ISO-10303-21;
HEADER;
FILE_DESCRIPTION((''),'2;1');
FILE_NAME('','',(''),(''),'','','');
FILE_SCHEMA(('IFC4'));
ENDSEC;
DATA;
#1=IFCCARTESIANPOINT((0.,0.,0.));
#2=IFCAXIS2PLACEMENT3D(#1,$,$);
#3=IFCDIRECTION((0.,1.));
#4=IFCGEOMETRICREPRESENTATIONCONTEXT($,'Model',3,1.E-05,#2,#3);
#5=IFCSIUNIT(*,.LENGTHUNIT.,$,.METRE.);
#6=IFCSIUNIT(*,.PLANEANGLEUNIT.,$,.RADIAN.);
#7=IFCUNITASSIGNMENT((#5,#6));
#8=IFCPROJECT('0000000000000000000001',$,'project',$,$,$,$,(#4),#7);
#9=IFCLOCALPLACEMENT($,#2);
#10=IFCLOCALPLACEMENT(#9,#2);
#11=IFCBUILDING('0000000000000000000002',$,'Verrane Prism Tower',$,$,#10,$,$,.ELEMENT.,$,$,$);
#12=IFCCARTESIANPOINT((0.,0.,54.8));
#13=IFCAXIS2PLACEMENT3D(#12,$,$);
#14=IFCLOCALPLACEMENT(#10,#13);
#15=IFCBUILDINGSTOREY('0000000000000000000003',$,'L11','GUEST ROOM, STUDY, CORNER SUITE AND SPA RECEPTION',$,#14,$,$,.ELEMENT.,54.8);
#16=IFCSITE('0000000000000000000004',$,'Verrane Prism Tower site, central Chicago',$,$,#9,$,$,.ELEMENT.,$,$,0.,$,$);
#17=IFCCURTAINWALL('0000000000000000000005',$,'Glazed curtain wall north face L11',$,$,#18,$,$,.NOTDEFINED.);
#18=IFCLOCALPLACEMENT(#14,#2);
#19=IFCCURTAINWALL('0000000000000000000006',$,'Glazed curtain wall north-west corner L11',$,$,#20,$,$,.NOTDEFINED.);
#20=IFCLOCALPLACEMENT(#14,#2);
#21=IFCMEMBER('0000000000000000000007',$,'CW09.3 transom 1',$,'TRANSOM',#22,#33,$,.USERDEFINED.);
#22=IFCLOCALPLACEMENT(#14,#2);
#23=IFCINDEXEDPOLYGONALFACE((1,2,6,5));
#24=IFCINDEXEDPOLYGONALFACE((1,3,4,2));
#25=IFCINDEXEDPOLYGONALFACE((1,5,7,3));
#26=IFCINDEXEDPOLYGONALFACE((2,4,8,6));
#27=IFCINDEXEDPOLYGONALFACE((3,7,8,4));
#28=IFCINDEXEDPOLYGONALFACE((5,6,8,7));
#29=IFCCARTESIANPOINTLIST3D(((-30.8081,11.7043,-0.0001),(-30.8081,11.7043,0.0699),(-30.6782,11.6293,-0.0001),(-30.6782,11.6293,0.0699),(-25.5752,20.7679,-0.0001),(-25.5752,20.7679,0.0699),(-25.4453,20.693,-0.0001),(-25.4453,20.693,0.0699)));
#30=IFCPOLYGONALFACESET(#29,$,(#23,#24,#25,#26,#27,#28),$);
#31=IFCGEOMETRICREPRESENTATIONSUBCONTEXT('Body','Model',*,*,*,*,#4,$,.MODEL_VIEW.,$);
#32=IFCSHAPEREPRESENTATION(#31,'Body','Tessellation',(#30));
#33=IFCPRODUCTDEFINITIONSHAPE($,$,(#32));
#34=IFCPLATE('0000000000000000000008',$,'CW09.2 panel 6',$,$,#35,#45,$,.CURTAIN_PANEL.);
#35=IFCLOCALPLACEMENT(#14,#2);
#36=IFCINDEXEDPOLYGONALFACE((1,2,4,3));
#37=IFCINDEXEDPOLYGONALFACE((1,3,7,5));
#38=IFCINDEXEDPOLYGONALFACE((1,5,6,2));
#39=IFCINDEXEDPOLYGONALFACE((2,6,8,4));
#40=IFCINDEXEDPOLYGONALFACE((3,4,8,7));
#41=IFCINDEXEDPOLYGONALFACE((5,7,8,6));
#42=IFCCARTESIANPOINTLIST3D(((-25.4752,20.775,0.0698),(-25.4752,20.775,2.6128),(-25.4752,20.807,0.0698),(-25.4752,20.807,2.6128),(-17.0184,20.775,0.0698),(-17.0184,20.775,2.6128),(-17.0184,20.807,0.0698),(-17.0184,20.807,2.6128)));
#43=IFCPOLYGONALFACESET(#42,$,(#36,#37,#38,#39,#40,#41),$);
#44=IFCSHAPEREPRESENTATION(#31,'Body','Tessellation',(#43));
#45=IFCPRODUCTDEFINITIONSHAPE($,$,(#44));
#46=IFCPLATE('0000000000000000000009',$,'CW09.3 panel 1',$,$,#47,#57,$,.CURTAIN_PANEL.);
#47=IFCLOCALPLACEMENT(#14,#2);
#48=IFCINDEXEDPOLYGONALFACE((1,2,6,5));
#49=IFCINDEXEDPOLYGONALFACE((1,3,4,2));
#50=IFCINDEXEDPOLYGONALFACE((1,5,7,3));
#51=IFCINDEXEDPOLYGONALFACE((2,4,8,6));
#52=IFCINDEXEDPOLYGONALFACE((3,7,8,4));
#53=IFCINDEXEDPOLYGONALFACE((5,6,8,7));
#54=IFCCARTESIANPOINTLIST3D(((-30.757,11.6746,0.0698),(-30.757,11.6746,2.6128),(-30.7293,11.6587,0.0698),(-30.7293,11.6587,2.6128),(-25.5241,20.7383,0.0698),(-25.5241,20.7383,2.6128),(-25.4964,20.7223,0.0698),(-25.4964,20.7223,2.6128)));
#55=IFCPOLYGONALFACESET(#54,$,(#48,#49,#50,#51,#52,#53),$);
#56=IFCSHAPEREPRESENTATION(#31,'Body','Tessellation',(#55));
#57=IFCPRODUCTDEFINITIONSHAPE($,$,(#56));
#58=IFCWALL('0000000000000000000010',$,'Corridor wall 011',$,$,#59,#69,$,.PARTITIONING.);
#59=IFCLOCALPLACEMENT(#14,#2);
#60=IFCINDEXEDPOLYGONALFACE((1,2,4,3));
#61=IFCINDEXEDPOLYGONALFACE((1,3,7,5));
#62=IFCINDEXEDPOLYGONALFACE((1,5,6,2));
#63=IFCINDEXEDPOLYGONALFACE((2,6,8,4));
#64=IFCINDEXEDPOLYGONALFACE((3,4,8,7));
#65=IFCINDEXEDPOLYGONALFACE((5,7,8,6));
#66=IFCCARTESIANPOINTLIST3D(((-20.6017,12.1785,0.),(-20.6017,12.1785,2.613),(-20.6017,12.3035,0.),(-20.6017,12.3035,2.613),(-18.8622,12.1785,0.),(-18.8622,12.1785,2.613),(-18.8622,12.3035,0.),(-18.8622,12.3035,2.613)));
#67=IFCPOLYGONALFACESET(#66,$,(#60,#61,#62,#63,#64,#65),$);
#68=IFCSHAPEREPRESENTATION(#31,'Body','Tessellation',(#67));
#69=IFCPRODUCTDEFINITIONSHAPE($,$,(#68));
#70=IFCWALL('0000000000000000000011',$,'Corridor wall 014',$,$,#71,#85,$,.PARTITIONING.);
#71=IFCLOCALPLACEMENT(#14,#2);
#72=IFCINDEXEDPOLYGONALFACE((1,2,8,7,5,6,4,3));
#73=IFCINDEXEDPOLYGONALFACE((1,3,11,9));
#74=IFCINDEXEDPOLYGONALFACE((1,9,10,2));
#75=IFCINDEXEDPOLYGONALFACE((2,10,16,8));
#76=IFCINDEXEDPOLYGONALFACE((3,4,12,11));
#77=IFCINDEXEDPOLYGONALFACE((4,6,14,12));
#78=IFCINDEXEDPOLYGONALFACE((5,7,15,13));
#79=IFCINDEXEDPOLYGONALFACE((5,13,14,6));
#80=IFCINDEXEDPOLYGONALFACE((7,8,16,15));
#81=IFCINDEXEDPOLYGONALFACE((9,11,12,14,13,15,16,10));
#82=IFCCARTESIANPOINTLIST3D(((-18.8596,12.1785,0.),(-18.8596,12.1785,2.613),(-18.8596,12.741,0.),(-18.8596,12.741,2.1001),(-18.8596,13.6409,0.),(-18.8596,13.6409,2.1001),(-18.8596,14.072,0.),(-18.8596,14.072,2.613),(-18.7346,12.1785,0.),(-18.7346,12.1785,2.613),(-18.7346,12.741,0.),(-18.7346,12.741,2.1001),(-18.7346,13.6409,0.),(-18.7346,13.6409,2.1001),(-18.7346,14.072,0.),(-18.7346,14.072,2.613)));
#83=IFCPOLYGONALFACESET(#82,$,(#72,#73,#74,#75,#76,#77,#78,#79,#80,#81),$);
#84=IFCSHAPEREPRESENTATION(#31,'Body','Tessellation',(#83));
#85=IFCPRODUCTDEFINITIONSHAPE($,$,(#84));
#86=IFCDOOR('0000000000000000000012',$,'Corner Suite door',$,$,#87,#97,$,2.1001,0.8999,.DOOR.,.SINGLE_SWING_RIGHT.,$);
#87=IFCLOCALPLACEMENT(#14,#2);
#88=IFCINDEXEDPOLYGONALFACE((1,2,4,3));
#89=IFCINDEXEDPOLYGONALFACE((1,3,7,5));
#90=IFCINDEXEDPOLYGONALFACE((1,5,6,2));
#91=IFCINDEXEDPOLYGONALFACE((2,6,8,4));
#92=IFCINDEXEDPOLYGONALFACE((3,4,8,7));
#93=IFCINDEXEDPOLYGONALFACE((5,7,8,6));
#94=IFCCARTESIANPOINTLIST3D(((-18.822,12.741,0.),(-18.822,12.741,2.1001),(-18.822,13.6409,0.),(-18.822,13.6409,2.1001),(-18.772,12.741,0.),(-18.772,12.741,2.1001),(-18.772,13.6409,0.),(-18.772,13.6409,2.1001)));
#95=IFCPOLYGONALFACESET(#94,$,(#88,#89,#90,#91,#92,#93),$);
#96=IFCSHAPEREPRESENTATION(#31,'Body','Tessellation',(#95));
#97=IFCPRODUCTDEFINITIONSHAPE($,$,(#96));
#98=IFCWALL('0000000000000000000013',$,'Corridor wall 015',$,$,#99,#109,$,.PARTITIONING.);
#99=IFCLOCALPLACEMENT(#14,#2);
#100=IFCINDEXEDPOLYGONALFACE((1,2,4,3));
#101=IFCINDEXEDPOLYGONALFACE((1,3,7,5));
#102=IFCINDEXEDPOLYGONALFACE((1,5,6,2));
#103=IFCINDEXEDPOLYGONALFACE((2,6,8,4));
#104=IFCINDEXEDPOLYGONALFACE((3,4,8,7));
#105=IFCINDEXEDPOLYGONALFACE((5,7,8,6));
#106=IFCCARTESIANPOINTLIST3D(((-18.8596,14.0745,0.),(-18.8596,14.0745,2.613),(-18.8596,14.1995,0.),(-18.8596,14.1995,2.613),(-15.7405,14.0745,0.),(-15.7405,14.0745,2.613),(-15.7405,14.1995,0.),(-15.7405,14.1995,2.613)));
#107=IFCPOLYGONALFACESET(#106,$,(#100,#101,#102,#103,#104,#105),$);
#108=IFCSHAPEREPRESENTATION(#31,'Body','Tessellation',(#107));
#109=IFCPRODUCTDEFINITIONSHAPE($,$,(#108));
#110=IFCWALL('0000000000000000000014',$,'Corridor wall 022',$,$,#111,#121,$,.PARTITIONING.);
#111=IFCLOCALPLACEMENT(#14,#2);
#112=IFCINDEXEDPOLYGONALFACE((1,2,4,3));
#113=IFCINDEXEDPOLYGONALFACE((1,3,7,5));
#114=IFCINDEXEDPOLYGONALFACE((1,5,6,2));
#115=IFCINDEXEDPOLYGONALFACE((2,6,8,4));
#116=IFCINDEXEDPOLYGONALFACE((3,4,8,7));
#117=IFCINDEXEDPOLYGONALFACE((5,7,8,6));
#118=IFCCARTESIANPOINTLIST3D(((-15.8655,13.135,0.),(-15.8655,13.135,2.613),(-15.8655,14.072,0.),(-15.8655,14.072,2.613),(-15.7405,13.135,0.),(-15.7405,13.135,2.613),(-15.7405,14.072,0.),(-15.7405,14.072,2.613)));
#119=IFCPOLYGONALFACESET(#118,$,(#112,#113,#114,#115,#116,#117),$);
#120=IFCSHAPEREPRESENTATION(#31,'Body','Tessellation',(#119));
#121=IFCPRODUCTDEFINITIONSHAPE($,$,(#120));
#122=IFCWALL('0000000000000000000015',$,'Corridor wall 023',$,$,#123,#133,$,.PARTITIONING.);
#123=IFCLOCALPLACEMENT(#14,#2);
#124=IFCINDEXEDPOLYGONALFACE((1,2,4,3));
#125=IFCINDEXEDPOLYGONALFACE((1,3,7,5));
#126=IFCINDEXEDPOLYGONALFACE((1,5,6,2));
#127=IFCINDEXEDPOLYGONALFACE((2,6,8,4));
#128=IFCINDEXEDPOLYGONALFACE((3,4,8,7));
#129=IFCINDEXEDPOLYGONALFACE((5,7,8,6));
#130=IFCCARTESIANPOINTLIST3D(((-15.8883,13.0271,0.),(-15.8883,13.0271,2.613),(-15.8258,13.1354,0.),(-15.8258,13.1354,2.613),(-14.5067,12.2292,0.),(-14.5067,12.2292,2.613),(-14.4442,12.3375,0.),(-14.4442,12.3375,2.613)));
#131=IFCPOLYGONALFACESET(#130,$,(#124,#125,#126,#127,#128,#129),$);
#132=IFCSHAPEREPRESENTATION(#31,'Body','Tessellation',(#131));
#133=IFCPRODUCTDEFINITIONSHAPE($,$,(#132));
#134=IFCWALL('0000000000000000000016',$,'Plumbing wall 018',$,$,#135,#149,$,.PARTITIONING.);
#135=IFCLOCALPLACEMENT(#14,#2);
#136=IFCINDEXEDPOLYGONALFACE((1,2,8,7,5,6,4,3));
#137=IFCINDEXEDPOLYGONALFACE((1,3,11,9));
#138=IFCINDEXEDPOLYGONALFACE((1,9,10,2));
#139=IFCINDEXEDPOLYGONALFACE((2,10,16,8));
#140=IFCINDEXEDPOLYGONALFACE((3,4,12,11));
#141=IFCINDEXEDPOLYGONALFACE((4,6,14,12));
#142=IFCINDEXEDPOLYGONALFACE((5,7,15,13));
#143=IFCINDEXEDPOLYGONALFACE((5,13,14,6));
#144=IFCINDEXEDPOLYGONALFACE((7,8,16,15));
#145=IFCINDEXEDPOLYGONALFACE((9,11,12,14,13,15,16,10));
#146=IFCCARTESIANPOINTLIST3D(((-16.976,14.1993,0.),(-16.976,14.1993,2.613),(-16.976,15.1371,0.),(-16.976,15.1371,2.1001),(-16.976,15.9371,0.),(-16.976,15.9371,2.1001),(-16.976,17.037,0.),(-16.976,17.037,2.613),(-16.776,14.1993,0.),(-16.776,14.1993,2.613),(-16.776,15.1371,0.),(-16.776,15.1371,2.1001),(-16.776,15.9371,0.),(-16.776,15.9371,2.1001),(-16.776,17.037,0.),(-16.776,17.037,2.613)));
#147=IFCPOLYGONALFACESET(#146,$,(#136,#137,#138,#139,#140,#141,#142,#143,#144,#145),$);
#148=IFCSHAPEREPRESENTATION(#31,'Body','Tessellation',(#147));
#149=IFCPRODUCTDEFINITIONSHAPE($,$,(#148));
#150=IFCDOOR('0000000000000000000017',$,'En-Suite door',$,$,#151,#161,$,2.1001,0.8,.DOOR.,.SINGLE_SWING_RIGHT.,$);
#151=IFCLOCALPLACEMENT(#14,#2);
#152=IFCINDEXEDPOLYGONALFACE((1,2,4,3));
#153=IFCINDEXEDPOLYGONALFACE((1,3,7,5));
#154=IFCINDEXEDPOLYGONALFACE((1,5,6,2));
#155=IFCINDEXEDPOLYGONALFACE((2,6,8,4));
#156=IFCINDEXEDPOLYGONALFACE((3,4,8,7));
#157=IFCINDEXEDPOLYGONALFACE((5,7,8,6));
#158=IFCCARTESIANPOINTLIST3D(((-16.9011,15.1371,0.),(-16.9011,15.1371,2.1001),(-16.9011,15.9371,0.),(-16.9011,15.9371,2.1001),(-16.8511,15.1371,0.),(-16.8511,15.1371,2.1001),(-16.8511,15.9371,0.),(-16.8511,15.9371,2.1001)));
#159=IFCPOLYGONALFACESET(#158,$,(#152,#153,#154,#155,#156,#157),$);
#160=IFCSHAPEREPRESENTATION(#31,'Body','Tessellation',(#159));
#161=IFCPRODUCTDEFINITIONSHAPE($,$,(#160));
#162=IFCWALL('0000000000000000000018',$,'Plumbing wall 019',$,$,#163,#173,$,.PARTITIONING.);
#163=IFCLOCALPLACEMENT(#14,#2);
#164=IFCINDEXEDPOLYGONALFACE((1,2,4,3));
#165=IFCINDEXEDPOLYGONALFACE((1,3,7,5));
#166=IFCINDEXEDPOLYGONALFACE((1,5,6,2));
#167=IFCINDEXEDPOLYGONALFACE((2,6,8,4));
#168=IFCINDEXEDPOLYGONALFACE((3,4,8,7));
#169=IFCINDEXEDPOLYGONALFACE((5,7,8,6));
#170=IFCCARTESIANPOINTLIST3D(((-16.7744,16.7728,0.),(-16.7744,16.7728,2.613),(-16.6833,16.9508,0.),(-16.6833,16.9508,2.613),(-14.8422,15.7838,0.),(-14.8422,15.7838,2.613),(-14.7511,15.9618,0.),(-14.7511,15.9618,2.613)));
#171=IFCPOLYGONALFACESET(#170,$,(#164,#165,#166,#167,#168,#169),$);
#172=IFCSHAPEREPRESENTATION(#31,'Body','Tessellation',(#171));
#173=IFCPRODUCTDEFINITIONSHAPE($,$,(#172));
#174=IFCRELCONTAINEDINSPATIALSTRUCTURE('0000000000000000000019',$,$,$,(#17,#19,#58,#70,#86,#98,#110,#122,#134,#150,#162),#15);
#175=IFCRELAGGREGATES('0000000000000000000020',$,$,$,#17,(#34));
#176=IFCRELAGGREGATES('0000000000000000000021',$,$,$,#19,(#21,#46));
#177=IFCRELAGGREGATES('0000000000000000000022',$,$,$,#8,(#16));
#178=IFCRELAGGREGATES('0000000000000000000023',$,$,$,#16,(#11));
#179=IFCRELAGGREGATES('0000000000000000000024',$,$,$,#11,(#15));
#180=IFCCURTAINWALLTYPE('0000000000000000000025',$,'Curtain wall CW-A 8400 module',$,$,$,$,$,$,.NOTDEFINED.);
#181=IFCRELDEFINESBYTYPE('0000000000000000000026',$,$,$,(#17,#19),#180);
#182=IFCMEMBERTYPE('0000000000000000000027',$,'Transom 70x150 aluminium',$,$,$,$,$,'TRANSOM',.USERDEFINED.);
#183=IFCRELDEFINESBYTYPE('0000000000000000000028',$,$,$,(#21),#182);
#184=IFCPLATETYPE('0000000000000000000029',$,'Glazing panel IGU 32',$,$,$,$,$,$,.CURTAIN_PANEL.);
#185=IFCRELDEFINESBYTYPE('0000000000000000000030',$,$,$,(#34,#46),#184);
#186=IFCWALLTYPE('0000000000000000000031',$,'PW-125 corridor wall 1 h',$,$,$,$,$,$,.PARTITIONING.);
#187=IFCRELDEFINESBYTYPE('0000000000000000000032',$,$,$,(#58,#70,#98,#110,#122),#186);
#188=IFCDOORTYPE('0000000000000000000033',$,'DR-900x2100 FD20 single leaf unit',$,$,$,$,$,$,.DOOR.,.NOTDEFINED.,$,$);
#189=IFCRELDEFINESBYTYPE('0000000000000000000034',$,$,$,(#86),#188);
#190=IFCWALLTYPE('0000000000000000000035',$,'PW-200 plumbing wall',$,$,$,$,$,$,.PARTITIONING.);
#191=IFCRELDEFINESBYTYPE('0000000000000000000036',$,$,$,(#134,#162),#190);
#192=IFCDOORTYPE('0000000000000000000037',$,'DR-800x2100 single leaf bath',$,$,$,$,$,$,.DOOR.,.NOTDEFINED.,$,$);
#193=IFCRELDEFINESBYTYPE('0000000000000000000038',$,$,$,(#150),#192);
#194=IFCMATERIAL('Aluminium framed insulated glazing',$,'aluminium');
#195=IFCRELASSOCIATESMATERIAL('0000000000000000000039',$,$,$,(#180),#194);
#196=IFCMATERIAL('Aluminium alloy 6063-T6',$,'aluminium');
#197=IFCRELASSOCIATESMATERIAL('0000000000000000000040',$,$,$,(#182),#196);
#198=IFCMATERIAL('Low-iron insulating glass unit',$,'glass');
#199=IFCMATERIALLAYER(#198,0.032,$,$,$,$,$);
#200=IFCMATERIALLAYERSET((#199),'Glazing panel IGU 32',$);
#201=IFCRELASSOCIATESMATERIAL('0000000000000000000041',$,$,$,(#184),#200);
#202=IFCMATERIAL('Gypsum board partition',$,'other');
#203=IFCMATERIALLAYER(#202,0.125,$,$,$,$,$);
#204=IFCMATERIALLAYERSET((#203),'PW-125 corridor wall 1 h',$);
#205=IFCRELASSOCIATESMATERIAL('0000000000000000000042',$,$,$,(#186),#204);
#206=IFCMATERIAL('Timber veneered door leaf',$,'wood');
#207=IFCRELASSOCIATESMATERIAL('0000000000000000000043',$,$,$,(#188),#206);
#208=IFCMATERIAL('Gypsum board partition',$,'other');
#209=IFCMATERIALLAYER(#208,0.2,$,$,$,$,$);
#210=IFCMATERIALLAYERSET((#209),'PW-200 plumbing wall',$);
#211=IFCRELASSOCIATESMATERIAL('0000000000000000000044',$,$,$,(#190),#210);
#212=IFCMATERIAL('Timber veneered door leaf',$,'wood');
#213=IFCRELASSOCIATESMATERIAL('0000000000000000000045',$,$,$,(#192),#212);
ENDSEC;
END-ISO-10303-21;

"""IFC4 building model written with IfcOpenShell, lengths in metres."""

from ifc_helpers import new_model, si_unit, direction, frame, frame_2d, origin, origin_2d, place, context, subcontext, project, spatial, rectangle, extrude, material, layer, layer_set, material_profile, profile_set, type_object, element, fill, aggregate, save


model = new_model("IFC4")

# Units and contexts
model_context = context("Model", 3, precision=1e-05, world=origin(), true_north=direction((0.0, 1.0)))
body_context = subcontext(model_context, "Body", "Model", "MODEL_VIEW")
ifc_project = project(units=[si_unit("LENGTHUNIT", "METRE"), si_unit("PLANEANGLEUNIT", "RADIAN")], contexts=[model_context])

# Site, building, storey
site_placement = place(None, origin())
site = spatial("IfcSite", under=ifc_project, at=site_placement, Name="Verrane Prism Tower site, central Chicago", CompositionType="ELEMENT", RefElevation=0.0)
building_placement = place(site_placement, origin())
building = spatial("IfcBuilding", under=site, at=building_placement, Name="Verrane Prism Tower", CompositionType="ELEMENT")
storey_placement = place(building_placement, frame((0.0, 0.0, 54.8)))
storey = spatial("IfcBuildingStorey", under=building, at=storey_placement, Name="L11", Description="GUEST ROOM, STUDY, CORNER SUITE AND SPA RECEPTION", CompositionType="ELEMENT", Elevation=54.8)

# Curtain walls
ifc_material_1 = material(Name="Aluminium framed insulated glazing", Category="aluminium")
curtain_wall_type = type_object("IfcCurtainWallType", Name="Curtain wall CW-A 8400 module", PredefinedType="NOTDEFINED", material=ifc_material_1)
curtain_wall_1_placement = place(storey_placement, origin())
curtain_wall_1 = element("IfcCurtainWall", 1, at=curtain_wall_1_placement, inside=storey, type_object=curtain_wall_type, Name="Glazed curtain wall north face L11", PredefinedType="NOTDEFINED")
curtain_wall_2_placement = place(storey_placement, origin())
curtain_wall_2 = element("IfcCurtainWall", 2, at=curtain_wall_2_placement, inside=storey, type_object=curtain_wall_type, Name="Glazed curtain wall north-west corner L11", PredefinedType="NOTDEFINED")

# Member
ifc_material_2 = material(Name="Aluminium alloy 6063-T6", Category="aluminium")
ifc_material_profile_1 = material_profile(ifc_material_2, rectangle(XDim=0.1499, YDim=0.0701, at=origin_2d()), Name="Transom 70x150 aluminium")
ifc_profile_set_1 = profile_set([ifc_material_profile_1], Name="Aluminium alloy 6063-T6")
member_type_1 = type_object("IfcMemberType", Name="Transom 70x150 aluminium", ElementType="TRANSOM", PredefinedType="USERDEFINED", material=ifc_profile_set_1)
member_1_placement = place(storey_placement, frame((-25.5103, 20.7305, 0.0349), z_axis=(-0.499998, -0.866027, 0.0), x_axis=(0.866027, -0.499998, 0.0)))
member_1 = element("IfcMember", 3, at=member_1_placement, type_object=member_type_1, Name="CW09.3 transom 1", ObjectType="TRANSOM", PredefinedType="USERDEFINED", context=body_context, shape_type="SweptSolid", body=[
    extrude(rectangle(XDim=0.1499, YDim=0.0701, at=origin_2d()), origin(), (0.0, 0.0, 1.0), 10.4658),
])

# Plates
ifc_material_3 = material(Name="Low-iron insulating glass unit", Category="glass")
ifc_layer_1 = layer(ifc_material_3, 0.032)
ifc_layer_set_1 = layer_set([ifc_layer_1], Name="Glazing panel IGU 32")
plate_type = type_object("IfcPlateType", Name="Glazing panel IGU 32", PredefinedType="CURTAIN_PANEL", material=ifc_layer_set_1)
plate_1_placement = place(storey_placement, frame((-21.2468, 20.791, 0.0698), z_axis=(0.0, 0.0, 1.0), x_axis=(-1.0, 0.0, 0.0)))
plate_1 = element("IfcPlate", 4, at=plate_1_placement, type_object=plate_type, Name="CW09.2 panel 6", PredefinedType="CURTAIN_PANEL", context=body_context, shape_type="SweptSolid", body=[
    extrude(rectangle(XDim=8.4568, YDim=0.032, at=origin_2d()), origin(), (0.0, 0.0, 1.0), 2.543),
])
aggregate(curtain_wall_1, [plate_1])
plate_2_placement = place(storey_placement, frame((-28.1267, 16.1985, 0.0698), z_axis=(0.0, 0.0, 1.0), x_axis=(-0.499999, -0.866026, 0.0)))
plate_2 = element("IfcPlate", 5, at=plate_2_placement, type_object=plate_type, Name="CW09.3 panel 1", PredefinedType="CURTAIN_PANEL", context=body_context, shape_type="SweptSolid", body=[
    extrude(rectangle(XDim=10.4658, YDim=0.032, at=origin_2d()), origin(), (0.0, 0.0, 1.0), 2.543),
])
aggregate(curtain_wall_2, [member_1, plate_2])

# Wall
ifc_material_4 = material(Name="Gypsum board partition", Category="other")
ifc_layer_2 = layer(ifc_material_4, 0.125)
ifc_layer_set_2 = layer_set([ifc_layer_2], Name="PW-125 corridor wall 1 h")
wall_type_1 = type_object("IfcWallType", Name="PW-125 corridor wall 1 h", PredefinedType="PARTITIONING", material=ifc_layer_set_2)
wall_1_placement = place(storey_placement, frame((-20.6016, 12.241, 0.0), z_axis=(0.0, 0.0, 1.0), x_axis=(1.0, 0.0, 0.0)))
element("IfcWall", 6, at=wall_1_placement, inside=storey, type_object=wall_type_1, Name="Corridor wall 011", PredefinedType="PARTITIONING", context=body_context, shape_type="SweptSolid", body=[
    extrude(rectangle(XDim=1.7395, YDim=0.125, at=frame_2d((0.8696, 0.0))), origin(), (0.0, 0.0, 1.0), 2.613),
])

# Wall, opening, door
wall_2_placement = place(storey_placement, frame((-18.7971, 12.1785, 0.0), z_axis=(0.0, 0.0, 1.0), x_axis=(0.0, 1.0, 0.0)))
wall_2 = element("IfcWall", 7, at=wall_2_placement, inside=storey, type_object=wall_type_1, Name="Corridor wall 014", PredefinedType="PARTITIONING", context=body_context, shape_type="SweptSolid", body=[
    extrude(rectangle(XDim=1.8936, YDim=0.125, at=frame_2d((0.9468, 0.0))), origin(), (0.0, 0.0, 1.0), 2.613),
])
opening_1_placement = place(wall_2_placement, frame((0.5625, 0.0, 0.0)))
opening_1 = element("IfcOpeningElement", 8, at=opening_1_placement, cuts=wall_2, PredefinedType="OPENING", context=body_context, shape_type="SweptSolid", body=[
    extrude(rectangle(XDim=0.8999, YDim=2.1001, at=frame_2d((0.45, 1.05))), frame((0.0, 0.0725, 0.0), z_axis=(0.0, -1.0, 0.0), x_axis=(1.0, 0.0, 0.0)), (0.0, 0.0, 1.0), 0.145),
])
ifc_material_5 = material(Name="Timber veneered door leaf", Category="wood")
door_type_1 = type_object("IfcDoorType", Name="DR-900x2100 FD20 single leaf unit", OperationType="NOTDEFINED", PredefinedType="DOOR", material=ifc_material_5)
door_1_placement = place(opening_1_placement, origin())
door_1 = element("IfcDoor", 9, at=door_1_placement, inside=storey, type_object=door_type_1, Name="Corner Suite door", OperationType="SINGLE_SWING_RIGHT", OverallHeight=2.1001, OverallWidth=0.8999, PredefinedType="DOOR", context=body_context, shape_type="SweptSolid", body=[
    extrude(rectangle(XDim=0.8999, YDim=2.1001, at=frame_2d((0.45, 1.05))), frame((0.0, 0.0249, 0.0), z_axis=(0.0, -1.0, 0.0), x_axis=(1.0, 0.0, 0.0)), (0.0, 0.0, 1.0), 0.05),
])
fill(opening_1, door_1)

# Walls
wall_3_placement = place(storey_placement, frame((-18.8596, 14.137, 0.0), z_axis=(0.0, 0.0, 1.0), x_axis=(1.0, 0.0, 0.0)))
element("IfcWall", 10, at=wall_3_placement, inside=storey, type_object=wall_type_1, Name="Corridor wall 015", PredefinedType="PARTITIONING", context=body_context, shape_type="SweptSolid", body=[
    extrude(rectangle(XDim=3.1191, YDim=0.125, at=frame_2d((1.5596, 0.0))), origin(), (0.0, 0.0, 1.0), 2.613),
])
wall_4_placement = place(storey_placement, frame((-15.803, 13.135, 0.0), z_axis=(0.0, 0.0, 1.0), x_axis=(0.0, 1.0, 0.0)))
element("IfcWall", 11, at=wall_4_placement, inside=storey, type_object=wall_type_1, Name="Corridor wall 022", PredefinedType="PARTITIONING", context=body_context, shape_type="SweptSolid", body=[
    extrude(rectangle(XDim=0.937, YDim=0.125, at=frame_2d((0.4685, 0.0))), origin(), (0.0, 0.0, 1.0), 2.613),
])
wall_5_placement = place(storey_placement, frame((-15.8572, 13.0813, 0.0), z_axis=(0.0, 0.0, 1.0), x_axis=(0.865974, -0.500089, 0.0)))
element("IfcWall", 12, at=wall_5_placement, inside=storey, type_object=wall_type_1, Name="Corridor wall 023", PredefinedType="PARTITIONING", context=body_context, shape_type="SweptSolid", body=[
    extrude(rectangle(XDim=1.5955, YDim=0.125, at=frame_2d((0.7979, 0.0))), origin(), (0.0, 0.0, 1.0), 2.613),
])

# Wall, opening, door
ifc_material_6 = material(Name="Gypsum board partition", Category="other")
ifc_layer_3 = layer(ifc_material_6, 0.2)
ifc_layer_set_3 = layer_set([ifc_layer_3], Name="PW-200 plumbing wall")
wall_type_2 = type_object("IfcWallType", Name="PW-200 plumbing wall", PredefinedType="PARTITIONING", material=ifc_layer_set_3)
wall_6_placement = place(storey_placement, frame((-16.876, 17.0371, 0.0), z_axis=(0.0, 0.0, 1.0), x_axis=(0.0, -1.0, 0.0)))
wall_6 = element("IfcWall", 13, at=wall_6_placement, inside=storey, type_object=wall_type_2, Name="Plumbing wall 018", PredefinedType="PARTITIONING", context=body_context, shape_type="SweptSolid", body=[
    extrude(rectangle(XDim=2.8376, YDim=0.2, at=frame_2d((1.4189, 0.0))), origin(), (0.0, 0.0, 1.0), 2.613),
])
opening_2_placement = place(wall_6_placement, frame((1.1001, 0.0, 0.0)))
opening_2 = element("IfcOpeningElement", 14, at=opening_2_placement, cuts=wall_6, PredefinedType="OPENING", context=body_context, shape_type="SweptSolid", body=[
    extrude(rectangle(XDim=0.8, YDim=2.1001, at=frame_2d((0.3999, 1.05))), frame((0.0, 0.1099, 0.0), z_axis=(0.0, -1.0, 0.0), x_axis=(1.0, 0.0, 0.0)), (0.0, 0.0, 1.0), 0.22),
])
ifc_material_7 = material(Name="Timber veneered door leaf", Category="wood")
door_type_2 = type_object("IfcDoorType", Name="DR-800x2100 single leaf bath", OperationType="NOTDEFINED", PredefinedType="DOOR", material=ifc_material_7)
door_2_placement = place(opening_2_placement, origin())
door_2 = element("IfcDoor", 15, at=door_2_placement, inside=storey, type_object=door_type_2, Name="En-Suite door", OperationType="SINGLE_SWING_RIGHT", OverallHeight=2.1001, OverallWidth=0.8, PredefinedType="DOOR", context=body_context, shape_type="SweptSolid", body=[
    extrude(rectangle(XDim=0.8, YDim=2.1001, at=frame_2d((0.3999, 1.05))), frame((0.0, 0.0249, 0.0), z_axis=(0.0, -1.0, 0.0), x_axis=(1.0, 0.0, 0.0)), (0.0, 0.0, 1.0), 0.05),
])
fill(opening_2, door_2)

# Wall
wall_7_placement = place(storey_placement, frame((-16.729, 16.8618, 0.0), z_axis=(0.0, 0.0, 1.0), x_axis=(0.890181, -0.455606, 0.0)))
element("IfcWall", 16, at=wall_7_placement, inside=storey, type_object=wall_type_2, Name="Plumbing wall 019", PredefinedType="PARTITIONING", context=body_context, shape_type="SweptSolid", body=[
    extrude(rectangle(XDim=2.1707, YDim=0.2, at=frame_2d((1.0854, 0.0))), origin(), (0.0, 0.0, 1.0), 2.613),
])

save(model, "model.ifc")
